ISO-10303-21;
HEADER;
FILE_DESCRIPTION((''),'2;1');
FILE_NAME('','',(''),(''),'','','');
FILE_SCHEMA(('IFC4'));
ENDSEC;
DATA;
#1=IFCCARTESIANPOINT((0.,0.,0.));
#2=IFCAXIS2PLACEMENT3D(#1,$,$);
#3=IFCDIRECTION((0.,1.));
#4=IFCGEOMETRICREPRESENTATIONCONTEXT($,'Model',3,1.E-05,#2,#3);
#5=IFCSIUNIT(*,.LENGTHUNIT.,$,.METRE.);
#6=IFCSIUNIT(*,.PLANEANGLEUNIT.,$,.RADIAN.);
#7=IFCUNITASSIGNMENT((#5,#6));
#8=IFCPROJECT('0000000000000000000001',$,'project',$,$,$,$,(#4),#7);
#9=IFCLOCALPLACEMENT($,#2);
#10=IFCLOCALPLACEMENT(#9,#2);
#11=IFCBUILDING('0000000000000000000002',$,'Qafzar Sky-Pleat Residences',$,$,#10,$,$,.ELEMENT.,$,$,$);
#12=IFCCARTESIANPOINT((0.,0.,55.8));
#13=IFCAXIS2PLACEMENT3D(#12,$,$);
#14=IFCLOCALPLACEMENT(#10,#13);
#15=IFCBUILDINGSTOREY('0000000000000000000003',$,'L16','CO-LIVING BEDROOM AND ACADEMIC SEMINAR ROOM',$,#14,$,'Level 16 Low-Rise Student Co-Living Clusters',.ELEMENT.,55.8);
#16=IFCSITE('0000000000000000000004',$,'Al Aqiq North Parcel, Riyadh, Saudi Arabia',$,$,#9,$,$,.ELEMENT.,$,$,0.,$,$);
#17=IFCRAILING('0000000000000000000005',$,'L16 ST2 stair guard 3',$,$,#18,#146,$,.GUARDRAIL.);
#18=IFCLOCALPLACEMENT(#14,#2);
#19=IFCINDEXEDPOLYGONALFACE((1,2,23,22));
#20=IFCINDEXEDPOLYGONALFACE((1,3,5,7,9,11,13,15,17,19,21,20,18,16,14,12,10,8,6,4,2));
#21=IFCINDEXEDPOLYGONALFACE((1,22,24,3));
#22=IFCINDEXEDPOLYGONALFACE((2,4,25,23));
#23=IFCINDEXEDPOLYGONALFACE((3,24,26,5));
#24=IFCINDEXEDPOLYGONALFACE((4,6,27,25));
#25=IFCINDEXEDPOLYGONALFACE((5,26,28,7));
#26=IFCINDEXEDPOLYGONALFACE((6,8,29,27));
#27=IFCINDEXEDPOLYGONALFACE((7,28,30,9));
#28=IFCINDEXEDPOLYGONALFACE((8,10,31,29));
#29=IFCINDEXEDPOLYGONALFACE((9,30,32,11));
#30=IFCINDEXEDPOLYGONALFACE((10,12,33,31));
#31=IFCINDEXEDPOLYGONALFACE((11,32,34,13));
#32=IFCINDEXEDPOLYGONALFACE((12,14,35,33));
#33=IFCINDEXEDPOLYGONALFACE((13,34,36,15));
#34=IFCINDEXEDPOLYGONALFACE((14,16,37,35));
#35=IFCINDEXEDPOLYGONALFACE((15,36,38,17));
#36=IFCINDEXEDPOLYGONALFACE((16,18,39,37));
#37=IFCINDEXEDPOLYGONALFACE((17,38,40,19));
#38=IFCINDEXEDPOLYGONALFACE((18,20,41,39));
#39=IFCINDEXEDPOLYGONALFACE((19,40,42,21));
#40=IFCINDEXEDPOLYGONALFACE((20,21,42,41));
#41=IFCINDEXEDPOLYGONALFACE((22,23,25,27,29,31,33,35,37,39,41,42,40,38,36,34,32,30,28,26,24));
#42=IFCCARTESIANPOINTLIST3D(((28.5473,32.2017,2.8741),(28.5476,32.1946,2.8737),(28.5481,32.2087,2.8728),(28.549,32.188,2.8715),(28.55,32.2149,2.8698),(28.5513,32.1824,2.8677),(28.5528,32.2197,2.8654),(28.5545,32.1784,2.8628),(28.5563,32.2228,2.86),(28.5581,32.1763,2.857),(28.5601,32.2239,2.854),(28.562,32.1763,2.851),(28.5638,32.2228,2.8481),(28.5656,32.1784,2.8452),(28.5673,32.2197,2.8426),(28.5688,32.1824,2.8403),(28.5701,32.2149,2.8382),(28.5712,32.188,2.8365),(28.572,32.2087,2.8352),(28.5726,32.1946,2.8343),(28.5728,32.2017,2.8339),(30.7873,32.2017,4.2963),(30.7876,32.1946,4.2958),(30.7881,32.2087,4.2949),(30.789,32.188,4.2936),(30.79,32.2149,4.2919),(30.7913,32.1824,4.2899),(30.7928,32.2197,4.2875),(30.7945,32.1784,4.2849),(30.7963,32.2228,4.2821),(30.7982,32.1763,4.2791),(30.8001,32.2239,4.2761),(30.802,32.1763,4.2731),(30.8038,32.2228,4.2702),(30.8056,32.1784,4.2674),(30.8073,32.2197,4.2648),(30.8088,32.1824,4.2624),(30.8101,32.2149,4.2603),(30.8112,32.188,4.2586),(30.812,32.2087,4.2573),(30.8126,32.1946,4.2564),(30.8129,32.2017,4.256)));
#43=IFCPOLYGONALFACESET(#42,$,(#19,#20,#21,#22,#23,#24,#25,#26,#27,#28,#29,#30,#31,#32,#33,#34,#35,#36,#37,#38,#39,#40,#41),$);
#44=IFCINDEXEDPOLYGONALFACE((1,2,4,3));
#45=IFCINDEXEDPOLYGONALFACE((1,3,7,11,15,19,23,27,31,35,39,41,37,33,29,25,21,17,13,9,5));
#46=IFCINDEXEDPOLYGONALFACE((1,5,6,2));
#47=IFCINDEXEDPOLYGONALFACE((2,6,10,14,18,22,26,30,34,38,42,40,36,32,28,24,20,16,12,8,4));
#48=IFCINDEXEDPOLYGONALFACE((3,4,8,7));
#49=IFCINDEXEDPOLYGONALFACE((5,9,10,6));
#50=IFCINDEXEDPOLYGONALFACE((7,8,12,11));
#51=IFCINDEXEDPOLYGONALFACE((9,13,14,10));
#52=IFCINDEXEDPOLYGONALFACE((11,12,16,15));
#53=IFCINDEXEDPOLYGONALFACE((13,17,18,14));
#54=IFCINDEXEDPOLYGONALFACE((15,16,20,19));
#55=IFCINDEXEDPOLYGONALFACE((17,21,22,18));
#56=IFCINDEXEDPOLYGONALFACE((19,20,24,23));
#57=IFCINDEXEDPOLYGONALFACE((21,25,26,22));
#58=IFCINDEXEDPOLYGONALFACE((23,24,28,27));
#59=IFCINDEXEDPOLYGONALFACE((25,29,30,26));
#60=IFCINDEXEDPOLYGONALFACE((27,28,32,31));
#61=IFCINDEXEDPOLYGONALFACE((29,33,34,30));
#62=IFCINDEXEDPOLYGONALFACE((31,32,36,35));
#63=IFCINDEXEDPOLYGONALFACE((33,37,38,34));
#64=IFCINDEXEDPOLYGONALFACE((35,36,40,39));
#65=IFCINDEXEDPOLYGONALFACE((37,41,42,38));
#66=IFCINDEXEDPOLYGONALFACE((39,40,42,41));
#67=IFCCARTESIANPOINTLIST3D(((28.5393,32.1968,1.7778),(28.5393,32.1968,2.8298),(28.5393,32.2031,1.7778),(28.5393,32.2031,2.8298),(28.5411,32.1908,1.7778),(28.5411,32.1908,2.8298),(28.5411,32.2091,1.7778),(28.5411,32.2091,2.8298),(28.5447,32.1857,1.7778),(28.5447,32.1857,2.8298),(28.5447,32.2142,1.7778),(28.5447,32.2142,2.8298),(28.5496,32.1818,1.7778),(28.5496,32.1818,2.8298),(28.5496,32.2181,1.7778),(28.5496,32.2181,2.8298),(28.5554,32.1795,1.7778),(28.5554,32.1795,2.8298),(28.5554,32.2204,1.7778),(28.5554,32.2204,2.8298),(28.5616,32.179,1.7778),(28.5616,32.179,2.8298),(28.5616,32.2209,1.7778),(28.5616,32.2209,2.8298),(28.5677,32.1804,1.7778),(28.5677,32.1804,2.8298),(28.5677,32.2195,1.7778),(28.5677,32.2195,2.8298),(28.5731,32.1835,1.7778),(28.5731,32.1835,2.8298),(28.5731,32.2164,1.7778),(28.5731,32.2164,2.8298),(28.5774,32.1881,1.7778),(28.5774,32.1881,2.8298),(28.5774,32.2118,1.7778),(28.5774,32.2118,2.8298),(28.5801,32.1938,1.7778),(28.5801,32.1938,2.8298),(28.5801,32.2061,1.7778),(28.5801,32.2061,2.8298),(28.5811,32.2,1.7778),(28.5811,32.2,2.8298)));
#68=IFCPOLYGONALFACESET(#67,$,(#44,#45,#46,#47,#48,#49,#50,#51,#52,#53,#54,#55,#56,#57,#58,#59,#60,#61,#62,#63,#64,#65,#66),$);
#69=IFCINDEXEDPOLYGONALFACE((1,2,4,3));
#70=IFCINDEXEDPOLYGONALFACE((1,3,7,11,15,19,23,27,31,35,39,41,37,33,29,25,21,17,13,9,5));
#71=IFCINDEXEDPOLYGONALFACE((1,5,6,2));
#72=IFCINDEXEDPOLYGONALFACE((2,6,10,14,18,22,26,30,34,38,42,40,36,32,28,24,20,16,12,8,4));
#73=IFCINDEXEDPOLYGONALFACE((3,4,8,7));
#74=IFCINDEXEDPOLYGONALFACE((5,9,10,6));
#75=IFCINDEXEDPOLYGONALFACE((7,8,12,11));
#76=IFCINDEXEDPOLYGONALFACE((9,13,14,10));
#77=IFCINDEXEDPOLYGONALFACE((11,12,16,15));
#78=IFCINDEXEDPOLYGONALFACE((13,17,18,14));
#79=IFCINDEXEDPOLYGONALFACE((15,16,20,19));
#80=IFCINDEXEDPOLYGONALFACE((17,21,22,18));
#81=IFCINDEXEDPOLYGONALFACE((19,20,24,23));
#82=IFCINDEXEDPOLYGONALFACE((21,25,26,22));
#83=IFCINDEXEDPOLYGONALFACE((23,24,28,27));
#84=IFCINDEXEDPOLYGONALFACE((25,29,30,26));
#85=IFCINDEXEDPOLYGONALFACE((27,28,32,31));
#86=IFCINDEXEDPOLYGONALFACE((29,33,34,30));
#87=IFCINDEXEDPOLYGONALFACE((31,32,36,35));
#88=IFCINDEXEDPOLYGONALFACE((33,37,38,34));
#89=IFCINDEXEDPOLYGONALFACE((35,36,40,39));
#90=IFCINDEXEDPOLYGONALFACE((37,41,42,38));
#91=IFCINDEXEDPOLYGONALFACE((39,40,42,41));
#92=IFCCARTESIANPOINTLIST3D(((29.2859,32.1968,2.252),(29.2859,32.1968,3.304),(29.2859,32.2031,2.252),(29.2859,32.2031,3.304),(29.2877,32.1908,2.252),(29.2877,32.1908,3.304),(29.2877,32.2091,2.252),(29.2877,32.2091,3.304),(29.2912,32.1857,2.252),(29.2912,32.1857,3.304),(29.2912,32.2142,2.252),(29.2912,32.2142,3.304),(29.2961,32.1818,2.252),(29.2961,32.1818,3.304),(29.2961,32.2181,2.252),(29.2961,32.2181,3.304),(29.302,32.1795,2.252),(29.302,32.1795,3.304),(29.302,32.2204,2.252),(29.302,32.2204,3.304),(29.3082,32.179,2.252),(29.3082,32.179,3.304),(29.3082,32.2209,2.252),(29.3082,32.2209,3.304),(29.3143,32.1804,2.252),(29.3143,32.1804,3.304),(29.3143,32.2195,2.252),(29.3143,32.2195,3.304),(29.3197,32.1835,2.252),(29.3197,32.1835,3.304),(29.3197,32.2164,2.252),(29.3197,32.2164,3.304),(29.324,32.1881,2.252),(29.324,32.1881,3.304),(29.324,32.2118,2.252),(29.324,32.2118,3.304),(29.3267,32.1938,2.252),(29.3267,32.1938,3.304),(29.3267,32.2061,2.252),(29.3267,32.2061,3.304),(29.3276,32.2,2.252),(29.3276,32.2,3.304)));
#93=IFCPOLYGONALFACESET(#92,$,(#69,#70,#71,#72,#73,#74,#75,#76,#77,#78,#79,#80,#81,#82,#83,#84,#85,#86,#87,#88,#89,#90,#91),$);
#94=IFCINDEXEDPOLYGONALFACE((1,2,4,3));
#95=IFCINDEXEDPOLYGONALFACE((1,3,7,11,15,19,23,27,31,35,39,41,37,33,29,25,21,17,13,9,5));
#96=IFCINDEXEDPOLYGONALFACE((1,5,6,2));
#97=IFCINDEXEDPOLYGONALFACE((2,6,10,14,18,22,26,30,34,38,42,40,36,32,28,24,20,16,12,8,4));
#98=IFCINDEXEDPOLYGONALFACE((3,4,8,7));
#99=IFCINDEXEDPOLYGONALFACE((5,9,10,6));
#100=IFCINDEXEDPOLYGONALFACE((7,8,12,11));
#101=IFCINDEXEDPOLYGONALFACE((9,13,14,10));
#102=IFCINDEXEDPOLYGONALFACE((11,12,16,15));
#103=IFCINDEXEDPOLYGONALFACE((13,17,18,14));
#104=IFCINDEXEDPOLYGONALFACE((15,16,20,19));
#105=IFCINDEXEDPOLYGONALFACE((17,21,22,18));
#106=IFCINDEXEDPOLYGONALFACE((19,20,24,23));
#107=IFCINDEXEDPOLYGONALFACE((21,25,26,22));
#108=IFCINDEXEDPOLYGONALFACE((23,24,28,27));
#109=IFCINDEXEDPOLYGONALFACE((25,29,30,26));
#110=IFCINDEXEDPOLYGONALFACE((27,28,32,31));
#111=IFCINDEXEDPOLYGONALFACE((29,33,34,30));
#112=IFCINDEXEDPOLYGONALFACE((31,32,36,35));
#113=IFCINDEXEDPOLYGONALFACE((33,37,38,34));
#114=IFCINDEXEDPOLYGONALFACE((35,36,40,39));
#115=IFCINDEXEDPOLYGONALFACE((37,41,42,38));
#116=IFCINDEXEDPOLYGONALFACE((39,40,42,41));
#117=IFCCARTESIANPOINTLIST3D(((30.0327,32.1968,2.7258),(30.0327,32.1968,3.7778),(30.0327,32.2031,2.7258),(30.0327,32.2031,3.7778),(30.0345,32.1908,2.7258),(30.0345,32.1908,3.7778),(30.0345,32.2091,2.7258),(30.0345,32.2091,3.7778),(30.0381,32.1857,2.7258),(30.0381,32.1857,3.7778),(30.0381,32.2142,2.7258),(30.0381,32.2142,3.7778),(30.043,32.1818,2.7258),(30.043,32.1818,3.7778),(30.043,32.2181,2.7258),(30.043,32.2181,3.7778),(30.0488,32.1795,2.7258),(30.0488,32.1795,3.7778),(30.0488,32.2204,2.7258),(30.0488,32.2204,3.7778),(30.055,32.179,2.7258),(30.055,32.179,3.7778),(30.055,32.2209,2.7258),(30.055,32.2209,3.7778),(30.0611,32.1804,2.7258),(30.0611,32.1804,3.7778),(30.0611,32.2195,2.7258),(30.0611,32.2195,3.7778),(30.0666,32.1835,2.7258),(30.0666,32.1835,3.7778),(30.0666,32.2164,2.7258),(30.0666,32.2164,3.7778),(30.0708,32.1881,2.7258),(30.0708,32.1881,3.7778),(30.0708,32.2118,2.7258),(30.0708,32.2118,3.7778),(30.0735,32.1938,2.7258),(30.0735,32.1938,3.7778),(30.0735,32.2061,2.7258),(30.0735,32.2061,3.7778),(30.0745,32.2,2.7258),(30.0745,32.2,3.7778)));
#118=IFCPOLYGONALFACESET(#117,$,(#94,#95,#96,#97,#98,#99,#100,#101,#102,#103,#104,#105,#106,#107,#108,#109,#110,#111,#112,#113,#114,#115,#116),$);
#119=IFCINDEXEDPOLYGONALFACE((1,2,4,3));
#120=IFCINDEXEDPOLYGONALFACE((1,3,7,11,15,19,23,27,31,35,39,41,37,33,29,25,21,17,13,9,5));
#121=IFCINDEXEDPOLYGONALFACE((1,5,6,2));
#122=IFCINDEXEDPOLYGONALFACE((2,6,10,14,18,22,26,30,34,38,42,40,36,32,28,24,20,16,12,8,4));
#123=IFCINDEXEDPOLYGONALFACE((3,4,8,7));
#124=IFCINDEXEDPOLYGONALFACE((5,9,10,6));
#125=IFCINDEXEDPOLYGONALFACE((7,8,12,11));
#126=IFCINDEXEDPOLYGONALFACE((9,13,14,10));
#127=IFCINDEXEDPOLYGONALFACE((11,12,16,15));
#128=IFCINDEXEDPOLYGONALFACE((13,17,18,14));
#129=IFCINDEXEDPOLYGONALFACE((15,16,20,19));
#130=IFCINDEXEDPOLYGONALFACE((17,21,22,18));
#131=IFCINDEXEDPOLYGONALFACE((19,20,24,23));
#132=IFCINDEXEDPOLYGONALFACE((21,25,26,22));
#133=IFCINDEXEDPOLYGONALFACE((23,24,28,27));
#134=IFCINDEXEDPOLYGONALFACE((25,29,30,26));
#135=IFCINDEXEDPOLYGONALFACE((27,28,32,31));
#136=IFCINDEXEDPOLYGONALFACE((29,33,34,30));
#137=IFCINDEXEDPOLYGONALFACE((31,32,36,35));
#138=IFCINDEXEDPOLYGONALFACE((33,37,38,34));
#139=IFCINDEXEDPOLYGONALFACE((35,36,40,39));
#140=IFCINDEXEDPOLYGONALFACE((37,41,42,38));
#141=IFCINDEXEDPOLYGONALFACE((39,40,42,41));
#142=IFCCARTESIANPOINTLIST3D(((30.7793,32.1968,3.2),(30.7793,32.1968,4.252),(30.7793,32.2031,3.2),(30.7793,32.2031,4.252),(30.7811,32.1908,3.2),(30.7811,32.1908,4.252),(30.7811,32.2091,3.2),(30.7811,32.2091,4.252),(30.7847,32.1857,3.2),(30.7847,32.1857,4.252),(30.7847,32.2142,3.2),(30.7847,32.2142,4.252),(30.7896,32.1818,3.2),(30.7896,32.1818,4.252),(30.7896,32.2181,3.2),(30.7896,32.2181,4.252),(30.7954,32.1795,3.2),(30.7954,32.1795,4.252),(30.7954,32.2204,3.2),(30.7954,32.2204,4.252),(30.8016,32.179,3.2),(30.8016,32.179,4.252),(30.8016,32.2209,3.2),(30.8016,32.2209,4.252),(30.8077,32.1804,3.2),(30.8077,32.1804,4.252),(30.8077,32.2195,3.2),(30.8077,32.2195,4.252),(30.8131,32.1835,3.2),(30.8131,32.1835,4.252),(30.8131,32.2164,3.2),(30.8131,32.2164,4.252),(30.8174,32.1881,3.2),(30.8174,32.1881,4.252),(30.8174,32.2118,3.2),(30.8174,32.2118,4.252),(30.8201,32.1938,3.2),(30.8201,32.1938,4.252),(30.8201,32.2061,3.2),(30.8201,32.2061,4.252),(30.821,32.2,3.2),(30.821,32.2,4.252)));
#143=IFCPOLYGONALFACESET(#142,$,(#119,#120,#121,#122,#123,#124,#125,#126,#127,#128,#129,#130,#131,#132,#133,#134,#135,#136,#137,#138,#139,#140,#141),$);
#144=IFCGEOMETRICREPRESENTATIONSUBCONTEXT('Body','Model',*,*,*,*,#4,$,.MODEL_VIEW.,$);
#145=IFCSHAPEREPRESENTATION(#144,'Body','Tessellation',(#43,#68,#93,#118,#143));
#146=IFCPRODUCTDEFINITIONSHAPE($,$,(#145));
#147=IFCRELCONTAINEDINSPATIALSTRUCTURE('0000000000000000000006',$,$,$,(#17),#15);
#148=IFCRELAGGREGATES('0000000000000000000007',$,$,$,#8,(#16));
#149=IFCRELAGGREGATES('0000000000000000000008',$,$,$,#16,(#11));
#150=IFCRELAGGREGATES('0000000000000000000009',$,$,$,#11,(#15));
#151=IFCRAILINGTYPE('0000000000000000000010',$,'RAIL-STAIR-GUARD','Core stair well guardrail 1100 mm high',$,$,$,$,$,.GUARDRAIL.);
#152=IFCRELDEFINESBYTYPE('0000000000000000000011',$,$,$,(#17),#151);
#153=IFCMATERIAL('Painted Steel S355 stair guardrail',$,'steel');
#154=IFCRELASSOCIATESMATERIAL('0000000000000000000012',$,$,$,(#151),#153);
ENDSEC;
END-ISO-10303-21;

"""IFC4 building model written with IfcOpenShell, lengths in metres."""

from ifc_helpers import new_model, si_unit, direction, frame, origin, origin_2d, place, context, subcontext, project, spatial, circle, extrude, source, transform, mapped, material, type_object, element, save


model = new_model("IFC4")

# Units and contexts
model_context = context("Model", 3, precision=1e-05, world=origin(), true_north=direction((0.0, 1.0)))
body_context = subcontext(model_context, "Body", "Model", "MODEL_VIEW")
ifc_project = project(units=[si_unit("LENGTHUNIT", "METRE"), si_unit("PLANEANGLEUNIT", "RADIAN")], contexts=[model_context])

# Site, building, storey
site_placement = place(None, origin())
site = spatial("IfcSite", under=ifc_project, at=site_placement, Name="Al Aqiq North Parcel, Riyadh, Saudi Arabia", CompositionType="ELEMENT", RefElevation=0.0)
building_placement = place(site_placement, origin())
building = spatial("IfcBuilding", under=site, at=building_placement, Name="Qafzar Sky-Pleat Residences", CompositionType="ELEMENT")
storey_placement = place(building_placement, frame((0.0, 0.0, 55.8)))
storey = spatial("IfcBuildingStorey", under=building, at=storey_placement, Name="L16", Description="CO-LIVING BEDROOM AND ACADEMIC SEMINAR ROOM", LongName="Level 16 Low-Rise Student Co-Living Clusters", CompositionType="ELEMENT", Elevation=55.8)

# Railing
ifc_material_1 = material(Name="Painted Steel S355 stair guardrail", Category="steel")
railing_type_1 = type_object("IfcRailingType", Name="RAIL-STAIR-GUARD", Description="Core stair well guardrail 1100 mm high", PredefinedType="GUARDRAIL", material=ifc_material_1)
shared_shape_1 = source(origin(), body_context, "Body", "SweptSolid", [
    extrude(circle(Radius=0.0239, at=origin_2d()), frame((0.0, 0.0, 1.0762), z_axis=(0.844229, 0.0, 0.535982), x_axis=(0.0, 1.0, 0.0)), (0.0, 0.0, 1.0), 2.6533),
    extrude(circle(Radius=0.021, at=origin_2d()), origin(), (0.0, 0.0, 1.0), 1.052),
    extrude(circle(Radius=0.021, at=origin_2d()), frame((0.7466, 0.0, 0.4741)), (0.0, 0.0, 1.0), 1.052),
    extrude(circle(Radius=0.021, at=origin_2d()), frame((1.4934, 0.0, 0.948)), (0.0, 0.0, 1.0), 1.052),
    extrude(circle(Radius=0.021, at=origin_2d()), frame((2.24, 0.0, 1.4221)), (0.0, 0.0, 1.0), 1.052),
])
railing_1_placement = place(storey_placement, frame((28.5601, 32.2, 1.7778)))
element("IfcRailing", 1, at=railing_1_placement, inside=storey, type_object=railing_type_1, Name="L16 ST2 stair guard 3", PredefinedType="GUARDRAIL", context=body_context, shape_type="MappedRepresentation", body=[
    mapped(shared_shape_1, transform((0.0, 0.0, 0.0), x_axis=(1.0, 0.0, 0.0), y_axis=(0.0, 1.0, 0.0), z_axis=(0.0, 0.0, 1.0), scale=1.0)),
])

save(model, "model.ifc")
